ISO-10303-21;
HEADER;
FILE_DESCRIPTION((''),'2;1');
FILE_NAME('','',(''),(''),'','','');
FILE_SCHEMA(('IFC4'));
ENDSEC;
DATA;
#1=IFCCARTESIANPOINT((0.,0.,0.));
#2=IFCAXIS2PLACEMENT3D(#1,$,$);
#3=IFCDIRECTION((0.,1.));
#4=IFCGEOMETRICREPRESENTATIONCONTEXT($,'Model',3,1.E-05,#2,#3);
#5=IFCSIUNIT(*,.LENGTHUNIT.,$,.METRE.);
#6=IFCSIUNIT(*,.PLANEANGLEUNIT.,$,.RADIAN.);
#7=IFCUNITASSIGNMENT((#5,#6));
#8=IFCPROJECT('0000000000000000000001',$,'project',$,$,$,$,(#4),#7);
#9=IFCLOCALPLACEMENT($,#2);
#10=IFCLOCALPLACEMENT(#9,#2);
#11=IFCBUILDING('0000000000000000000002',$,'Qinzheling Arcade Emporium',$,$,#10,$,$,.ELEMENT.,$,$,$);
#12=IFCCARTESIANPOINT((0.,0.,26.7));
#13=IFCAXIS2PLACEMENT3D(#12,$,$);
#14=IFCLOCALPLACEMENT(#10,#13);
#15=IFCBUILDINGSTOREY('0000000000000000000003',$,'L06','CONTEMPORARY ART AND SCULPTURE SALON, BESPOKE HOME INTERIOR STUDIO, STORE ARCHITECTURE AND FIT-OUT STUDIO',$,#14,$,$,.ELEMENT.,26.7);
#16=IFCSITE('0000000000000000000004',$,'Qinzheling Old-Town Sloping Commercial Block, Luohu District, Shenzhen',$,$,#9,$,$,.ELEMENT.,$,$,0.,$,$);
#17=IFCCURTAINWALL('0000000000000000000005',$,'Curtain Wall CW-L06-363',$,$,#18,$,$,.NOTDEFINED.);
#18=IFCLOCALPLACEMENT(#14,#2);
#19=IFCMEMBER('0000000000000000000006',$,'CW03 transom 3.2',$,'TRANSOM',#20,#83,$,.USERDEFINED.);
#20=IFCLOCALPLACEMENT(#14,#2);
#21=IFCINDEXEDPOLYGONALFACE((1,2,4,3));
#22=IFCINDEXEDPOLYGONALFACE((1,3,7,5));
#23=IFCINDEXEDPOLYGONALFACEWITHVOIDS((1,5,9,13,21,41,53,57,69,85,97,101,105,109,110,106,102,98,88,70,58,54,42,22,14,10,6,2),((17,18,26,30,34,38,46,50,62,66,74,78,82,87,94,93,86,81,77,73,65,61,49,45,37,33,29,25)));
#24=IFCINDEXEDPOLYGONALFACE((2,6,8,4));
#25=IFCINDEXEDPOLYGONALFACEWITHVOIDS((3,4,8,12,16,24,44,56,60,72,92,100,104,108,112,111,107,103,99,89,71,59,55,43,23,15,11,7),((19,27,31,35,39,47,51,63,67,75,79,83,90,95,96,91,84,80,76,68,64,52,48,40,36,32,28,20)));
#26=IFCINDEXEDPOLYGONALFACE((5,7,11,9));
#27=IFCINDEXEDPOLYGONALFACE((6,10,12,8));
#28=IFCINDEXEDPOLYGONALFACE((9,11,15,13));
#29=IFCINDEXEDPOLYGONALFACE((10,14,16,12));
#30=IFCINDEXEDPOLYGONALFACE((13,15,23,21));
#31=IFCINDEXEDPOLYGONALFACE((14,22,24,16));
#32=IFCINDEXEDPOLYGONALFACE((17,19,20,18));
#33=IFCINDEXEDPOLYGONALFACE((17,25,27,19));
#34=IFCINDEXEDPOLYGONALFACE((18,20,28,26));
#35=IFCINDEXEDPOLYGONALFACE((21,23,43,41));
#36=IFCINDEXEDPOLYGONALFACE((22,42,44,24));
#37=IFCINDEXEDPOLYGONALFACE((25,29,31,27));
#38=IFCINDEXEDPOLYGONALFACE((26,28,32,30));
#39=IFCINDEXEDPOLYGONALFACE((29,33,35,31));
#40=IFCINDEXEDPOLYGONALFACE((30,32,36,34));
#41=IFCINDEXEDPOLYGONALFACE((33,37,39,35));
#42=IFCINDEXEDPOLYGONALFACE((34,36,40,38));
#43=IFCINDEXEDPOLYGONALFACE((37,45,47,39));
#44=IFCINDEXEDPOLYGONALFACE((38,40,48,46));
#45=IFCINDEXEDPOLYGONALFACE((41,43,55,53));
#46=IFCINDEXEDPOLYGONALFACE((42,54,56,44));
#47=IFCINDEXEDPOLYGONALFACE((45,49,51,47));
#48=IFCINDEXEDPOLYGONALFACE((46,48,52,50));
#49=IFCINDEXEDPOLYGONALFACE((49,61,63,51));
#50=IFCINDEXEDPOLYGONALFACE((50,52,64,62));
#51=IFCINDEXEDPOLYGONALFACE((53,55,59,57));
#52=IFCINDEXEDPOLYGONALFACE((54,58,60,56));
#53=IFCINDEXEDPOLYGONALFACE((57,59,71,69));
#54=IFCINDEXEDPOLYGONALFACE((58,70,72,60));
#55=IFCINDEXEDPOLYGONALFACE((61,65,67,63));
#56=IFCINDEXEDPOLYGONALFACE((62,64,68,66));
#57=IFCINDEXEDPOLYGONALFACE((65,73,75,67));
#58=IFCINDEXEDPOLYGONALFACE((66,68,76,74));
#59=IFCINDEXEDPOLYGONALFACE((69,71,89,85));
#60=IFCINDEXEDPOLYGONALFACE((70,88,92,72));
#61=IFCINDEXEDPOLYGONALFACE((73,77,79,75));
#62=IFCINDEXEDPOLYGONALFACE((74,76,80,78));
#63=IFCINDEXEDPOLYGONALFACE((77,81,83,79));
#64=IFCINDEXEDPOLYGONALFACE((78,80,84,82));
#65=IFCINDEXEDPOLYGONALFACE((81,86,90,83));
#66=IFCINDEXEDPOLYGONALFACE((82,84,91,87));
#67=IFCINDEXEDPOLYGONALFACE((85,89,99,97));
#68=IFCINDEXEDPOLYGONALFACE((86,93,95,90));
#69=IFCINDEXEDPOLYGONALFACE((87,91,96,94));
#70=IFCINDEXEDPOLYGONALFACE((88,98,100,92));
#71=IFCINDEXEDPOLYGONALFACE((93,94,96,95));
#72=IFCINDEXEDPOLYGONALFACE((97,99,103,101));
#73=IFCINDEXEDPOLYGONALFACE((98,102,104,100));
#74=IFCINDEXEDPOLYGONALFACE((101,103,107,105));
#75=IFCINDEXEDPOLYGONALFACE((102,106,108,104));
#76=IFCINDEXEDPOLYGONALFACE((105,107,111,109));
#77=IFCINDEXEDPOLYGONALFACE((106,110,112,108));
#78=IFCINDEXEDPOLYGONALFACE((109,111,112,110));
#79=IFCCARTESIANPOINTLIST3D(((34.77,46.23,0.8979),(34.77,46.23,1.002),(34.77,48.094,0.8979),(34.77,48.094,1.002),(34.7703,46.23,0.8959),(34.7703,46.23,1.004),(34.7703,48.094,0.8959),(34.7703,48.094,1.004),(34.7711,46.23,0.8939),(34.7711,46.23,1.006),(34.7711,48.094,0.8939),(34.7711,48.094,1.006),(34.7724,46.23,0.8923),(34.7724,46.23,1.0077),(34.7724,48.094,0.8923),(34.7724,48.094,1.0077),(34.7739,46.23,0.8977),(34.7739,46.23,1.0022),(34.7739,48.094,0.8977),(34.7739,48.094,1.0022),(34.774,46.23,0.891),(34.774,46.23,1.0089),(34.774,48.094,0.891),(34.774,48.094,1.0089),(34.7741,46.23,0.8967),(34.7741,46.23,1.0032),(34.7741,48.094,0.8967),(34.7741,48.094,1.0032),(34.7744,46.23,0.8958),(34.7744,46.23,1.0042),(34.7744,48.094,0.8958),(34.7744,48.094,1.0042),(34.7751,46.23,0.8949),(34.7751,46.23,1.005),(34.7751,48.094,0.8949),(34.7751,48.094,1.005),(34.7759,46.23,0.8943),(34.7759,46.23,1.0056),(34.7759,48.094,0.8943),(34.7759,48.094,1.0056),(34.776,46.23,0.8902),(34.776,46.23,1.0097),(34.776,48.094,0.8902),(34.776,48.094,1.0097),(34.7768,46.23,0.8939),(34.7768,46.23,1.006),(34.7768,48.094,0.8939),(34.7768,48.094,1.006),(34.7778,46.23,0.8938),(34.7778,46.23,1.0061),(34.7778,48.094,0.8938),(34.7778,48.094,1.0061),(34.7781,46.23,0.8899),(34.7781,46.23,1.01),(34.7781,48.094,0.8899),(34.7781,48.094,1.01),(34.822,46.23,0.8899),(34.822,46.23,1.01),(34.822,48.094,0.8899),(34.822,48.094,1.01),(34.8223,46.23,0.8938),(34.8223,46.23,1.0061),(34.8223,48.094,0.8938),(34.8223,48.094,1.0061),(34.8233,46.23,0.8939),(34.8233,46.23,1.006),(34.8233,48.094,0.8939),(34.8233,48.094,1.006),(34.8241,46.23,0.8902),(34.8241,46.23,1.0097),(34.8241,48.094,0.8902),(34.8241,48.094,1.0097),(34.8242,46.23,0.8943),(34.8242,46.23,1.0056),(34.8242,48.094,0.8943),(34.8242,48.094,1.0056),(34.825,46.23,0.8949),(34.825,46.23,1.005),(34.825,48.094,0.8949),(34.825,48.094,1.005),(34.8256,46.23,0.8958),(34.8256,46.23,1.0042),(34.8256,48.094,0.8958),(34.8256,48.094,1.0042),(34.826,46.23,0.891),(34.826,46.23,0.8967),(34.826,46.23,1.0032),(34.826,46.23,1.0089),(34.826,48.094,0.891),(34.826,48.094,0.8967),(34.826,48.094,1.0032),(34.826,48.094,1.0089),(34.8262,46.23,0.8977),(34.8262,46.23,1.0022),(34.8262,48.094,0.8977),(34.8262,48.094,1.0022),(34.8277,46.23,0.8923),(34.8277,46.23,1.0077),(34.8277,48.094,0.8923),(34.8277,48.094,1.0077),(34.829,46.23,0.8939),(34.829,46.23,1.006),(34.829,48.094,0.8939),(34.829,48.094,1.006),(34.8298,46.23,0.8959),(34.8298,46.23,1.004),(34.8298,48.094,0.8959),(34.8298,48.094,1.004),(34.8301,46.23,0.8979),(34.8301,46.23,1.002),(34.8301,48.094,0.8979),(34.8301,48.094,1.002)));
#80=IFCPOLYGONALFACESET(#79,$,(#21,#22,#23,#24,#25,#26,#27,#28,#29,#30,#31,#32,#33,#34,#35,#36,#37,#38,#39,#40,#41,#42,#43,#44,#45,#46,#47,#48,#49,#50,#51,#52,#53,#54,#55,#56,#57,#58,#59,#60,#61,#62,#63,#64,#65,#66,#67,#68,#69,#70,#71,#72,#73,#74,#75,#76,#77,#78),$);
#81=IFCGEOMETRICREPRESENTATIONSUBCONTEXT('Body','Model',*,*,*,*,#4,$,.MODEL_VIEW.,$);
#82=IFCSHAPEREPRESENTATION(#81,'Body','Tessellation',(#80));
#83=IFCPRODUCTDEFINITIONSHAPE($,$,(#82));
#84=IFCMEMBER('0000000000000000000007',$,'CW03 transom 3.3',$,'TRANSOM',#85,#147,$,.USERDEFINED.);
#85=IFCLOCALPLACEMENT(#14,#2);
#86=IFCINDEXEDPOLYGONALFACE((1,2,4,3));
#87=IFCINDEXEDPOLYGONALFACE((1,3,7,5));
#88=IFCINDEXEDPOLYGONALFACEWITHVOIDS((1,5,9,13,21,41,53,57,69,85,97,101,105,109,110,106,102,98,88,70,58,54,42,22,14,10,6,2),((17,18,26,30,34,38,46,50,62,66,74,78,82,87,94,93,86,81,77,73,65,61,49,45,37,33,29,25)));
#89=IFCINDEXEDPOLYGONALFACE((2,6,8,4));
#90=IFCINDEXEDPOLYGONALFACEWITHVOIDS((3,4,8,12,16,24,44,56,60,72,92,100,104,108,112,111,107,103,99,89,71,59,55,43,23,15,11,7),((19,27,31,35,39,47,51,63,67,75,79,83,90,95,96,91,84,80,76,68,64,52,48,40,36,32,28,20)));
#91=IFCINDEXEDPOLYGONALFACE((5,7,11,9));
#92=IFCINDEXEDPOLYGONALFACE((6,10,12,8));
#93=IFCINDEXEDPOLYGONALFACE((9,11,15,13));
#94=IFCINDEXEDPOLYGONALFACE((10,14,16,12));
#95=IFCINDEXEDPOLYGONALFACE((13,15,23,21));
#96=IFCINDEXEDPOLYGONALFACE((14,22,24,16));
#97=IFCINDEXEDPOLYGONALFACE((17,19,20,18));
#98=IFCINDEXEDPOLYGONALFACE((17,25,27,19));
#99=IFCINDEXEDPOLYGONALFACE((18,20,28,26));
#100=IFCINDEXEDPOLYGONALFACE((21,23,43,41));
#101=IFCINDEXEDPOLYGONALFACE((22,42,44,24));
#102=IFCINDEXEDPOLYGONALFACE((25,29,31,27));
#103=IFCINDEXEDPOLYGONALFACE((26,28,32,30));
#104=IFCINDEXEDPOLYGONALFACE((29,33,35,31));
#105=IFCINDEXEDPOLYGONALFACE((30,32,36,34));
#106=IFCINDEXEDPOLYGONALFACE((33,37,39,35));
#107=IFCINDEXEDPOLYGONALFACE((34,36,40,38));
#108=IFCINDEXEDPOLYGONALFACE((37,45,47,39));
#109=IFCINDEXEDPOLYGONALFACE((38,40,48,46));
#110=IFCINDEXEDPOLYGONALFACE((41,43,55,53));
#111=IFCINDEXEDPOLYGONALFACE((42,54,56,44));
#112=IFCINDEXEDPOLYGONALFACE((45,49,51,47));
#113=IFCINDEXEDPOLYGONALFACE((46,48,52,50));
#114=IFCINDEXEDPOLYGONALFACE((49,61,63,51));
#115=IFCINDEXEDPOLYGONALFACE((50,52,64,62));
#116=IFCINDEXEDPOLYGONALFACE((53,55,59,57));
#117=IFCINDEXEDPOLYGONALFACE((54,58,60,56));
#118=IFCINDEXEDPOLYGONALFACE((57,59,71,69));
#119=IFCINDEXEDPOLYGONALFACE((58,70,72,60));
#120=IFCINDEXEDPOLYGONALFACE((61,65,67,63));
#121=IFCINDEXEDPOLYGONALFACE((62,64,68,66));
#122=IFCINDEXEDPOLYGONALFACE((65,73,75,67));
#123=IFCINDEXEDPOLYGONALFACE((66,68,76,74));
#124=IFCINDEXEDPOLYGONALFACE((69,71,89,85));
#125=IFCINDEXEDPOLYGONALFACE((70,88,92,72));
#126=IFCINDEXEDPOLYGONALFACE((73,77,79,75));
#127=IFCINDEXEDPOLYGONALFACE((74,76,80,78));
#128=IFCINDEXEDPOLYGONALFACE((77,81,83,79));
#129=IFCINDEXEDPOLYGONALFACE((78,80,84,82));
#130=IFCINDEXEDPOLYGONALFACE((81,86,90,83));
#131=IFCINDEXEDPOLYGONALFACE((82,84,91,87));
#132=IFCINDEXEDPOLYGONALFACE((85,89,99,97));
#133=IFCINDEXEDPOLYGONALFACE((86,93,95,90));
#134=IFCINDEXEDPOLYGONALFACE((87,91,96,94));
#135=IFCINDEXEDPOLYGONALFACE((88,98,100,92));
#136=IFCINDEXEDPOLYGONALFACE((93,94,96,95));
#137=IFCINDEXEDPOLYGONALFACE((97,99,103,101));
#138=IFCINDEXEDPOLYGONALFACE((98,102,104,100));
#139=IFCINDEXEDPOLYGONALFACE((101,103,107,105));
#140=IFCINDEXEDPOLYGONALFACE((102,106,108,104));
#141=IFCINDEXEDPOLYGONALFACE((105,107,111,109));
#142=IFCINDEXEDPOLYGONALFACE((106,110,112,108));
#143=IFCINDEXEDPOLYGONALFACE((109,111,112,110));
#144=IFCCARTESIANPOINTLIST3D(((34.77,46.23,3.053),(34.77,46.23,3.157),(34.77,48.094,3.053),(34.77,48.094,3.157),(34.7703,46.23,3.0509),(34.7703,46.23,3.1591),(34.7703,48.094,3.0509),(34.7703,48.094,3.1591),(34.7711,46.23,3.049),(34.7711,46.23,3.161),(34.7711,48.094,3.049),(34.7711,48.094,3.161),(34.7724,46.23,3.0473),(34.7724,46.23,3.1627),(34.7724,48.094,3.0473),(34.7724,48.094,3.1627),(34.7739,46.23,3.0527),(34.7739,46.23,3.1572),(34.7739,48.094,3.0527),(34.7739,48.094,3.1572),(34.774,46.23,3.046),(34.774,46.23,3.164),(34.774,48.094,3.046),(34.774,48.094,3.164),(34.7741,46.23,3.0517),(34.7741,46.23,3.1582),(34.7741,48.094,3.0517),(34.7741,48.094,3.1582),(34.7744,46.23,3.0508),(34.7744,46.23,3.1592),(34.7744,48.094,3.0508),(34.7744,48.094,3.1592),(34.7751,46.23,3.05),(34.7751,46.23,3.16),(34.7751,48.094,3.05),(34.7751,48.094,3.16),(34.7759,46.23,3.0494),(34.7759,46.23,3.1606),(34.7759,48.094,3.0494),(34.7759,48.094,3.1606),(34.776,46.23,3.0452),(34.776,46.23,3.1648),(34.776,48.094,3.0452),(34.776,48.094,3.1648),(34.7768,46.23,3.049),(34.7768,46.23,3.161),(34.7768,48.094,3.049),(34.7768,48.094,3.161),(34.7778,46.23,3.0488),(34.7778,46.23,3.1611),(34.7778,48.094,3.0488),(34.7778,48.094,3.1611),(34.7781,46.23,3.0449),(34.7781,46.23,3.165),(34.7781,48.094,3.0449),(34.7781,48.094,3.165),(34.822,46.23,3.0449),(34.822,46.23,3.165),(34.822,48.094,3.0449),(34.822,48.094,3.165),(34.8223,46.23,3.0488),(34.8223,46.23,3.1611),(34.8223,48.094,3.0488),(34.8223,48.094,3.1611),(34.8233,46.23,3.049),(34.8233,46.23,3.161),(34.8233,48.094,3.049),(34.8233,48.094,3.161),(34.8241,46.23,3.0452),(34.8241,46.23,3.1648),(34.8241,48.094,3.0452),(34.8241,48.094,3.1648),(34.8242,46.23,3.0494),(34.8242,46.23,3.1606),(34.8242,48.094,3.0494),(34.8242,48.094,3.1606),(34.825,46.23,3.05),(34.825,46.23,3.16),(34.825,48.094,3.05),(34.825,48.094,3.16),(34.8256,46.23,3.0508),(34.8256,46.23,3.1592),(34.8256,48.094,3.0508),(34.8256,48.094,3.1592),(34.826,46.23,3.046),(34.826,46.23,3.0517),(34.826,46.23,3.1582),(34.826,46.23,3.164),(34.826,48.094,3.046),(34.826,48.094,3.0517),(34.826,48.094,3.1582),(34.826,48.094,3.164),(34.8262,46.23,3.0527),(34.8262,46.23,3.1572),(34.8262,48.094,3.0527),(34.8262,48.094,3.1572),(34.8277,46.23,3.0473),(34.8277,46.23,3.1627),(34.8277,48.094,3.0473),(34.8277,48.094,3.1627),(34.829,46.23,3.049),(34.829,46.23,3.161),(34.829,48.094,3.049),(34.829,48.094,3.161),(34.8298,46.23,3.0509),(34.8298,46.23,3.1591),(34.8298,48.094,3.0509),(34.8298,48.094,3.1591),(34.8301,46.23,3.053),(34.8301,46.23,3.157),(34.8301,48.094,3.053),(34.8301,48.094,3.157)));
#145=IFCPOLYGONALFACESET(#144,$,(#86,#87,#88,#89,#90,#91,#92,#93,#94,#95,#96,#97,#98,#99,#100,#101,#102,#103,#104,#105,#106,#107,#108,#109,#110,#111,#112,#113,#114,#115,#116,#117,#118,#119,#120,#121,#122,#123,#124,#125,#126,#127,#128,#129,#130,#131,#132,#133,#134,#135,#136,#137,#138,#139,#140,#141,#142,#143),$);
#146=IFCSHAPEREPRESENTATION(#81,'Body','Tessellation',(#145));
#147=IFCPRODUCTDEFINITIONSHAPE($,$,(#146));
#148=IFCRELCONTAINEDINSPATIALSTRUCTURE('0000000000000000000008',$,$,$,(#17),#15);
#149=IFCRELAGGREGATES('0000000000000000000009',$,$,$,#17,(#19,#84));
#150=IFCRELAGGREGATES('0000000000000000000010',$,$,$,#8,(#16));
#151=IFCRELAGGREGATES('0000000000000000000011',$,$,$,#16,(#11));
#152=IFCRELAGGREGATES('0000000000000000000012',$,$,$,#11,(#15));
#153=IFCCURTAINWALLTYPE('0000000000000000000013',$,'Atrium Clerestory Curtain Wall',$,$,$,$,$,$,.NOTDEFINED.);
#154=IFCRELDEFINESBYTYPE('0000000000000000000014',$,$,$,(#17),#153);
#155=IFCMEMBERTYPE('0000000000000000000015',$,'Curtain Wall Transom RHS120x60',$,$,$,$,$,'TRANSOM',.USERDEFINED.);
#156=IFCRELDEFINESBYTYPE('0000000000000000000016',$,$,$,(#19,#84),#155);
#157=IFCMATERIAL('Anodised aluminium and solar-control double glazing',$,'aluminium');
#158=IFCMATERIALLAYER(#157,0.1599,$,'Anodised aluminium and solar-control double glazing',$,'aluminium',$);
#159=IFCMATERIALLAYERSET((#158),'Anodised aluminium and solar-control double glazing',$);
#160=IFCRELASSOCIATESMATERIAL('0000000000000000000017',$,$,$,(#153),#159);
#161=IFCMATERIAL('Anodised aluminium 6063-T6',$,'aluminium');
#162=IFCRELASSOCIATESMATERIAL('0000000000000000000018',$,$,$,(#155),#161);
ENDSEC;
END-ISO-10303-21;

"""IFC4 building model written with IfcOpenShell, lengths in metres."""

from ifc_helpers import new_model, si_unit, direction, frame, origin, origin_2d, place, context, subcontext, project, spatial, hollow_rectangle, extrude, material, layer, layer_set, material_profile, profile_set, type_object, element, aggregate, save


model = new_model("IFC4")

# Units and contexts
model_context = context("Model", 3, precision=1e-05, world=origin(), true_north=direction((0.0, 1.0)))
body_context = subcontext(model_context, "Body", "Model", "MODEL_VIEW")
ifc_project = project(units=[si_unit("LENGTHUNIT", "METRE"), si_unit("PLANEANGLEUNIT", "RADIAN")], contexts=[model_context])

# Site, building, storey
site_placement = place(None, origin())
site = spatial("IfcSite", under=ifc_project, at=site_placement, Name="Qinzheling Old-Town Sloping Commercial Block, Luohu District, Shenzhen", CompositionType="ELEMENT", RefElevation=0.0)
building_placement = place(site_placement, origin())
building = spatial("IfcBuilding", under=site, at=building_placement, Name="Qinzheling Arcade Emporium", CompositionType="ELEMENT")
storey_placement = place(building_placement, frame((0.0, 0.0, 26.7)))
storey = spatial("IfcBuildingStorey", under=building, at=storey_placement, Name="L06", Description="CONTEMPORARY ART AND SCULPTURE SALON, BESPOKE HOME INTERIOR STUDIO, STORE ARCHITECTURE AND FIT-OUT STUDIO", CompositionType="ELEMENT", Elevation=26.7)

# Curtain wall, members
ifc_material_1 = material(Name="Anodised aluminium and solar-control double glazing", Category="aluminium")
ifc_layer_1 = layer(ifc_material_1, 0.1599, Name="Anodised aluminium and solar-control double glazing", Category="aluminium")
ifc_layer_set_1 = layer_set([ifc_layer_1], Name="Anodised aluminium and solar-control double glazing")
curtain_wall_type = type_object("IfcCurtainWallType", Name="Atrium Clerestory Curtain Wall", PredefinedType="NOTDEFINED", material=ifc_layer_set_1)
curtain_wall_placement = place(storey_placement, origin())
curtain_wall = element("IfcCurtainWall", 1, at=curtain_wall_placement, inside=storey, type_object=curtain_wall_type, Name="Curtain Wall CW-L06-363", PredefinedType="NOTDEFINED")
ifc_material_2 = material(Name="Anodised aluminium 6063-T6", Category="aluminium")
ifc_material_profile_1 = material_profile(ifc_material_2, hollow_rectangle(XDim=0.0601, YDim=0.1201, WallThickness=0.0039, InnerFilletRadius=0.0039, OuterFilletRadius=0.0081, at=origin_2d()), Name="RHS 120x60x4", Category="aluminium")
ifc_profile_set_1 = profile_set([ifc_material_profile_1], Name="Anodised aluminium 6063-T6")
member_type_1 = type_object("IfcMemberType", Name="Curtain Wall Transom RHS120x60", ElementType="TRANSOM", PredefinedType="USERDEFINED", material=ifc_profile_set_1)
member_1_placement = place(storey_placement, frame((34.8, 46.23, 0.95), z_axis=(0.0, 1.0, 0.0), x_axis=(-1.0, 0.0, 0.0)))
member_1 = element("IfcMember", 2, at=member_1_placement, type_object=member_type_1, Name="CW03 transom 3.2", ObjectType="TRANSOM", PredefinedType="USERDEFINED", context=body_context, shape_type="SweptSolid", body=[
    extrude(hollow_rectangle(XDim=0.0601, YDim=0.1201, WallThickness=0.0039, InnerFilletRadius=0.0039, OuterFilletRadius=0.0081, at=origin_2d()), origin(), (0.0, 0.0, 1.0), 1.864),
])
member_2_placement = place(storey_placement, frame((34.8, 46.23, 3.105), z_axis=(0.0, 1.0, 0.0), x_axis=(-1.0, 0.0, 0.0)))
member_2 = element("IfcMember", 3, at=member_2_placement, type_object=member_type_1, Name="CW03 transom 3.3", ObjectType="TRANSOM", PredefinedType="USERDEFINED", context=body_context, shape_type="SweptSolid", body=[
    extrude(hollow_rectangle(XDim=0.0601, YDim=0.1201, WallThickness=0.0039, InnerFilletRadius=0.0039, OuterFilletRadius=0.0081, at=origin_2d()), origin(), (0.0, 0.0, 1.0), 1.864),
])
aggregate(curtain_wall, [member_1, member_2])

save(model, "model.ifc")
